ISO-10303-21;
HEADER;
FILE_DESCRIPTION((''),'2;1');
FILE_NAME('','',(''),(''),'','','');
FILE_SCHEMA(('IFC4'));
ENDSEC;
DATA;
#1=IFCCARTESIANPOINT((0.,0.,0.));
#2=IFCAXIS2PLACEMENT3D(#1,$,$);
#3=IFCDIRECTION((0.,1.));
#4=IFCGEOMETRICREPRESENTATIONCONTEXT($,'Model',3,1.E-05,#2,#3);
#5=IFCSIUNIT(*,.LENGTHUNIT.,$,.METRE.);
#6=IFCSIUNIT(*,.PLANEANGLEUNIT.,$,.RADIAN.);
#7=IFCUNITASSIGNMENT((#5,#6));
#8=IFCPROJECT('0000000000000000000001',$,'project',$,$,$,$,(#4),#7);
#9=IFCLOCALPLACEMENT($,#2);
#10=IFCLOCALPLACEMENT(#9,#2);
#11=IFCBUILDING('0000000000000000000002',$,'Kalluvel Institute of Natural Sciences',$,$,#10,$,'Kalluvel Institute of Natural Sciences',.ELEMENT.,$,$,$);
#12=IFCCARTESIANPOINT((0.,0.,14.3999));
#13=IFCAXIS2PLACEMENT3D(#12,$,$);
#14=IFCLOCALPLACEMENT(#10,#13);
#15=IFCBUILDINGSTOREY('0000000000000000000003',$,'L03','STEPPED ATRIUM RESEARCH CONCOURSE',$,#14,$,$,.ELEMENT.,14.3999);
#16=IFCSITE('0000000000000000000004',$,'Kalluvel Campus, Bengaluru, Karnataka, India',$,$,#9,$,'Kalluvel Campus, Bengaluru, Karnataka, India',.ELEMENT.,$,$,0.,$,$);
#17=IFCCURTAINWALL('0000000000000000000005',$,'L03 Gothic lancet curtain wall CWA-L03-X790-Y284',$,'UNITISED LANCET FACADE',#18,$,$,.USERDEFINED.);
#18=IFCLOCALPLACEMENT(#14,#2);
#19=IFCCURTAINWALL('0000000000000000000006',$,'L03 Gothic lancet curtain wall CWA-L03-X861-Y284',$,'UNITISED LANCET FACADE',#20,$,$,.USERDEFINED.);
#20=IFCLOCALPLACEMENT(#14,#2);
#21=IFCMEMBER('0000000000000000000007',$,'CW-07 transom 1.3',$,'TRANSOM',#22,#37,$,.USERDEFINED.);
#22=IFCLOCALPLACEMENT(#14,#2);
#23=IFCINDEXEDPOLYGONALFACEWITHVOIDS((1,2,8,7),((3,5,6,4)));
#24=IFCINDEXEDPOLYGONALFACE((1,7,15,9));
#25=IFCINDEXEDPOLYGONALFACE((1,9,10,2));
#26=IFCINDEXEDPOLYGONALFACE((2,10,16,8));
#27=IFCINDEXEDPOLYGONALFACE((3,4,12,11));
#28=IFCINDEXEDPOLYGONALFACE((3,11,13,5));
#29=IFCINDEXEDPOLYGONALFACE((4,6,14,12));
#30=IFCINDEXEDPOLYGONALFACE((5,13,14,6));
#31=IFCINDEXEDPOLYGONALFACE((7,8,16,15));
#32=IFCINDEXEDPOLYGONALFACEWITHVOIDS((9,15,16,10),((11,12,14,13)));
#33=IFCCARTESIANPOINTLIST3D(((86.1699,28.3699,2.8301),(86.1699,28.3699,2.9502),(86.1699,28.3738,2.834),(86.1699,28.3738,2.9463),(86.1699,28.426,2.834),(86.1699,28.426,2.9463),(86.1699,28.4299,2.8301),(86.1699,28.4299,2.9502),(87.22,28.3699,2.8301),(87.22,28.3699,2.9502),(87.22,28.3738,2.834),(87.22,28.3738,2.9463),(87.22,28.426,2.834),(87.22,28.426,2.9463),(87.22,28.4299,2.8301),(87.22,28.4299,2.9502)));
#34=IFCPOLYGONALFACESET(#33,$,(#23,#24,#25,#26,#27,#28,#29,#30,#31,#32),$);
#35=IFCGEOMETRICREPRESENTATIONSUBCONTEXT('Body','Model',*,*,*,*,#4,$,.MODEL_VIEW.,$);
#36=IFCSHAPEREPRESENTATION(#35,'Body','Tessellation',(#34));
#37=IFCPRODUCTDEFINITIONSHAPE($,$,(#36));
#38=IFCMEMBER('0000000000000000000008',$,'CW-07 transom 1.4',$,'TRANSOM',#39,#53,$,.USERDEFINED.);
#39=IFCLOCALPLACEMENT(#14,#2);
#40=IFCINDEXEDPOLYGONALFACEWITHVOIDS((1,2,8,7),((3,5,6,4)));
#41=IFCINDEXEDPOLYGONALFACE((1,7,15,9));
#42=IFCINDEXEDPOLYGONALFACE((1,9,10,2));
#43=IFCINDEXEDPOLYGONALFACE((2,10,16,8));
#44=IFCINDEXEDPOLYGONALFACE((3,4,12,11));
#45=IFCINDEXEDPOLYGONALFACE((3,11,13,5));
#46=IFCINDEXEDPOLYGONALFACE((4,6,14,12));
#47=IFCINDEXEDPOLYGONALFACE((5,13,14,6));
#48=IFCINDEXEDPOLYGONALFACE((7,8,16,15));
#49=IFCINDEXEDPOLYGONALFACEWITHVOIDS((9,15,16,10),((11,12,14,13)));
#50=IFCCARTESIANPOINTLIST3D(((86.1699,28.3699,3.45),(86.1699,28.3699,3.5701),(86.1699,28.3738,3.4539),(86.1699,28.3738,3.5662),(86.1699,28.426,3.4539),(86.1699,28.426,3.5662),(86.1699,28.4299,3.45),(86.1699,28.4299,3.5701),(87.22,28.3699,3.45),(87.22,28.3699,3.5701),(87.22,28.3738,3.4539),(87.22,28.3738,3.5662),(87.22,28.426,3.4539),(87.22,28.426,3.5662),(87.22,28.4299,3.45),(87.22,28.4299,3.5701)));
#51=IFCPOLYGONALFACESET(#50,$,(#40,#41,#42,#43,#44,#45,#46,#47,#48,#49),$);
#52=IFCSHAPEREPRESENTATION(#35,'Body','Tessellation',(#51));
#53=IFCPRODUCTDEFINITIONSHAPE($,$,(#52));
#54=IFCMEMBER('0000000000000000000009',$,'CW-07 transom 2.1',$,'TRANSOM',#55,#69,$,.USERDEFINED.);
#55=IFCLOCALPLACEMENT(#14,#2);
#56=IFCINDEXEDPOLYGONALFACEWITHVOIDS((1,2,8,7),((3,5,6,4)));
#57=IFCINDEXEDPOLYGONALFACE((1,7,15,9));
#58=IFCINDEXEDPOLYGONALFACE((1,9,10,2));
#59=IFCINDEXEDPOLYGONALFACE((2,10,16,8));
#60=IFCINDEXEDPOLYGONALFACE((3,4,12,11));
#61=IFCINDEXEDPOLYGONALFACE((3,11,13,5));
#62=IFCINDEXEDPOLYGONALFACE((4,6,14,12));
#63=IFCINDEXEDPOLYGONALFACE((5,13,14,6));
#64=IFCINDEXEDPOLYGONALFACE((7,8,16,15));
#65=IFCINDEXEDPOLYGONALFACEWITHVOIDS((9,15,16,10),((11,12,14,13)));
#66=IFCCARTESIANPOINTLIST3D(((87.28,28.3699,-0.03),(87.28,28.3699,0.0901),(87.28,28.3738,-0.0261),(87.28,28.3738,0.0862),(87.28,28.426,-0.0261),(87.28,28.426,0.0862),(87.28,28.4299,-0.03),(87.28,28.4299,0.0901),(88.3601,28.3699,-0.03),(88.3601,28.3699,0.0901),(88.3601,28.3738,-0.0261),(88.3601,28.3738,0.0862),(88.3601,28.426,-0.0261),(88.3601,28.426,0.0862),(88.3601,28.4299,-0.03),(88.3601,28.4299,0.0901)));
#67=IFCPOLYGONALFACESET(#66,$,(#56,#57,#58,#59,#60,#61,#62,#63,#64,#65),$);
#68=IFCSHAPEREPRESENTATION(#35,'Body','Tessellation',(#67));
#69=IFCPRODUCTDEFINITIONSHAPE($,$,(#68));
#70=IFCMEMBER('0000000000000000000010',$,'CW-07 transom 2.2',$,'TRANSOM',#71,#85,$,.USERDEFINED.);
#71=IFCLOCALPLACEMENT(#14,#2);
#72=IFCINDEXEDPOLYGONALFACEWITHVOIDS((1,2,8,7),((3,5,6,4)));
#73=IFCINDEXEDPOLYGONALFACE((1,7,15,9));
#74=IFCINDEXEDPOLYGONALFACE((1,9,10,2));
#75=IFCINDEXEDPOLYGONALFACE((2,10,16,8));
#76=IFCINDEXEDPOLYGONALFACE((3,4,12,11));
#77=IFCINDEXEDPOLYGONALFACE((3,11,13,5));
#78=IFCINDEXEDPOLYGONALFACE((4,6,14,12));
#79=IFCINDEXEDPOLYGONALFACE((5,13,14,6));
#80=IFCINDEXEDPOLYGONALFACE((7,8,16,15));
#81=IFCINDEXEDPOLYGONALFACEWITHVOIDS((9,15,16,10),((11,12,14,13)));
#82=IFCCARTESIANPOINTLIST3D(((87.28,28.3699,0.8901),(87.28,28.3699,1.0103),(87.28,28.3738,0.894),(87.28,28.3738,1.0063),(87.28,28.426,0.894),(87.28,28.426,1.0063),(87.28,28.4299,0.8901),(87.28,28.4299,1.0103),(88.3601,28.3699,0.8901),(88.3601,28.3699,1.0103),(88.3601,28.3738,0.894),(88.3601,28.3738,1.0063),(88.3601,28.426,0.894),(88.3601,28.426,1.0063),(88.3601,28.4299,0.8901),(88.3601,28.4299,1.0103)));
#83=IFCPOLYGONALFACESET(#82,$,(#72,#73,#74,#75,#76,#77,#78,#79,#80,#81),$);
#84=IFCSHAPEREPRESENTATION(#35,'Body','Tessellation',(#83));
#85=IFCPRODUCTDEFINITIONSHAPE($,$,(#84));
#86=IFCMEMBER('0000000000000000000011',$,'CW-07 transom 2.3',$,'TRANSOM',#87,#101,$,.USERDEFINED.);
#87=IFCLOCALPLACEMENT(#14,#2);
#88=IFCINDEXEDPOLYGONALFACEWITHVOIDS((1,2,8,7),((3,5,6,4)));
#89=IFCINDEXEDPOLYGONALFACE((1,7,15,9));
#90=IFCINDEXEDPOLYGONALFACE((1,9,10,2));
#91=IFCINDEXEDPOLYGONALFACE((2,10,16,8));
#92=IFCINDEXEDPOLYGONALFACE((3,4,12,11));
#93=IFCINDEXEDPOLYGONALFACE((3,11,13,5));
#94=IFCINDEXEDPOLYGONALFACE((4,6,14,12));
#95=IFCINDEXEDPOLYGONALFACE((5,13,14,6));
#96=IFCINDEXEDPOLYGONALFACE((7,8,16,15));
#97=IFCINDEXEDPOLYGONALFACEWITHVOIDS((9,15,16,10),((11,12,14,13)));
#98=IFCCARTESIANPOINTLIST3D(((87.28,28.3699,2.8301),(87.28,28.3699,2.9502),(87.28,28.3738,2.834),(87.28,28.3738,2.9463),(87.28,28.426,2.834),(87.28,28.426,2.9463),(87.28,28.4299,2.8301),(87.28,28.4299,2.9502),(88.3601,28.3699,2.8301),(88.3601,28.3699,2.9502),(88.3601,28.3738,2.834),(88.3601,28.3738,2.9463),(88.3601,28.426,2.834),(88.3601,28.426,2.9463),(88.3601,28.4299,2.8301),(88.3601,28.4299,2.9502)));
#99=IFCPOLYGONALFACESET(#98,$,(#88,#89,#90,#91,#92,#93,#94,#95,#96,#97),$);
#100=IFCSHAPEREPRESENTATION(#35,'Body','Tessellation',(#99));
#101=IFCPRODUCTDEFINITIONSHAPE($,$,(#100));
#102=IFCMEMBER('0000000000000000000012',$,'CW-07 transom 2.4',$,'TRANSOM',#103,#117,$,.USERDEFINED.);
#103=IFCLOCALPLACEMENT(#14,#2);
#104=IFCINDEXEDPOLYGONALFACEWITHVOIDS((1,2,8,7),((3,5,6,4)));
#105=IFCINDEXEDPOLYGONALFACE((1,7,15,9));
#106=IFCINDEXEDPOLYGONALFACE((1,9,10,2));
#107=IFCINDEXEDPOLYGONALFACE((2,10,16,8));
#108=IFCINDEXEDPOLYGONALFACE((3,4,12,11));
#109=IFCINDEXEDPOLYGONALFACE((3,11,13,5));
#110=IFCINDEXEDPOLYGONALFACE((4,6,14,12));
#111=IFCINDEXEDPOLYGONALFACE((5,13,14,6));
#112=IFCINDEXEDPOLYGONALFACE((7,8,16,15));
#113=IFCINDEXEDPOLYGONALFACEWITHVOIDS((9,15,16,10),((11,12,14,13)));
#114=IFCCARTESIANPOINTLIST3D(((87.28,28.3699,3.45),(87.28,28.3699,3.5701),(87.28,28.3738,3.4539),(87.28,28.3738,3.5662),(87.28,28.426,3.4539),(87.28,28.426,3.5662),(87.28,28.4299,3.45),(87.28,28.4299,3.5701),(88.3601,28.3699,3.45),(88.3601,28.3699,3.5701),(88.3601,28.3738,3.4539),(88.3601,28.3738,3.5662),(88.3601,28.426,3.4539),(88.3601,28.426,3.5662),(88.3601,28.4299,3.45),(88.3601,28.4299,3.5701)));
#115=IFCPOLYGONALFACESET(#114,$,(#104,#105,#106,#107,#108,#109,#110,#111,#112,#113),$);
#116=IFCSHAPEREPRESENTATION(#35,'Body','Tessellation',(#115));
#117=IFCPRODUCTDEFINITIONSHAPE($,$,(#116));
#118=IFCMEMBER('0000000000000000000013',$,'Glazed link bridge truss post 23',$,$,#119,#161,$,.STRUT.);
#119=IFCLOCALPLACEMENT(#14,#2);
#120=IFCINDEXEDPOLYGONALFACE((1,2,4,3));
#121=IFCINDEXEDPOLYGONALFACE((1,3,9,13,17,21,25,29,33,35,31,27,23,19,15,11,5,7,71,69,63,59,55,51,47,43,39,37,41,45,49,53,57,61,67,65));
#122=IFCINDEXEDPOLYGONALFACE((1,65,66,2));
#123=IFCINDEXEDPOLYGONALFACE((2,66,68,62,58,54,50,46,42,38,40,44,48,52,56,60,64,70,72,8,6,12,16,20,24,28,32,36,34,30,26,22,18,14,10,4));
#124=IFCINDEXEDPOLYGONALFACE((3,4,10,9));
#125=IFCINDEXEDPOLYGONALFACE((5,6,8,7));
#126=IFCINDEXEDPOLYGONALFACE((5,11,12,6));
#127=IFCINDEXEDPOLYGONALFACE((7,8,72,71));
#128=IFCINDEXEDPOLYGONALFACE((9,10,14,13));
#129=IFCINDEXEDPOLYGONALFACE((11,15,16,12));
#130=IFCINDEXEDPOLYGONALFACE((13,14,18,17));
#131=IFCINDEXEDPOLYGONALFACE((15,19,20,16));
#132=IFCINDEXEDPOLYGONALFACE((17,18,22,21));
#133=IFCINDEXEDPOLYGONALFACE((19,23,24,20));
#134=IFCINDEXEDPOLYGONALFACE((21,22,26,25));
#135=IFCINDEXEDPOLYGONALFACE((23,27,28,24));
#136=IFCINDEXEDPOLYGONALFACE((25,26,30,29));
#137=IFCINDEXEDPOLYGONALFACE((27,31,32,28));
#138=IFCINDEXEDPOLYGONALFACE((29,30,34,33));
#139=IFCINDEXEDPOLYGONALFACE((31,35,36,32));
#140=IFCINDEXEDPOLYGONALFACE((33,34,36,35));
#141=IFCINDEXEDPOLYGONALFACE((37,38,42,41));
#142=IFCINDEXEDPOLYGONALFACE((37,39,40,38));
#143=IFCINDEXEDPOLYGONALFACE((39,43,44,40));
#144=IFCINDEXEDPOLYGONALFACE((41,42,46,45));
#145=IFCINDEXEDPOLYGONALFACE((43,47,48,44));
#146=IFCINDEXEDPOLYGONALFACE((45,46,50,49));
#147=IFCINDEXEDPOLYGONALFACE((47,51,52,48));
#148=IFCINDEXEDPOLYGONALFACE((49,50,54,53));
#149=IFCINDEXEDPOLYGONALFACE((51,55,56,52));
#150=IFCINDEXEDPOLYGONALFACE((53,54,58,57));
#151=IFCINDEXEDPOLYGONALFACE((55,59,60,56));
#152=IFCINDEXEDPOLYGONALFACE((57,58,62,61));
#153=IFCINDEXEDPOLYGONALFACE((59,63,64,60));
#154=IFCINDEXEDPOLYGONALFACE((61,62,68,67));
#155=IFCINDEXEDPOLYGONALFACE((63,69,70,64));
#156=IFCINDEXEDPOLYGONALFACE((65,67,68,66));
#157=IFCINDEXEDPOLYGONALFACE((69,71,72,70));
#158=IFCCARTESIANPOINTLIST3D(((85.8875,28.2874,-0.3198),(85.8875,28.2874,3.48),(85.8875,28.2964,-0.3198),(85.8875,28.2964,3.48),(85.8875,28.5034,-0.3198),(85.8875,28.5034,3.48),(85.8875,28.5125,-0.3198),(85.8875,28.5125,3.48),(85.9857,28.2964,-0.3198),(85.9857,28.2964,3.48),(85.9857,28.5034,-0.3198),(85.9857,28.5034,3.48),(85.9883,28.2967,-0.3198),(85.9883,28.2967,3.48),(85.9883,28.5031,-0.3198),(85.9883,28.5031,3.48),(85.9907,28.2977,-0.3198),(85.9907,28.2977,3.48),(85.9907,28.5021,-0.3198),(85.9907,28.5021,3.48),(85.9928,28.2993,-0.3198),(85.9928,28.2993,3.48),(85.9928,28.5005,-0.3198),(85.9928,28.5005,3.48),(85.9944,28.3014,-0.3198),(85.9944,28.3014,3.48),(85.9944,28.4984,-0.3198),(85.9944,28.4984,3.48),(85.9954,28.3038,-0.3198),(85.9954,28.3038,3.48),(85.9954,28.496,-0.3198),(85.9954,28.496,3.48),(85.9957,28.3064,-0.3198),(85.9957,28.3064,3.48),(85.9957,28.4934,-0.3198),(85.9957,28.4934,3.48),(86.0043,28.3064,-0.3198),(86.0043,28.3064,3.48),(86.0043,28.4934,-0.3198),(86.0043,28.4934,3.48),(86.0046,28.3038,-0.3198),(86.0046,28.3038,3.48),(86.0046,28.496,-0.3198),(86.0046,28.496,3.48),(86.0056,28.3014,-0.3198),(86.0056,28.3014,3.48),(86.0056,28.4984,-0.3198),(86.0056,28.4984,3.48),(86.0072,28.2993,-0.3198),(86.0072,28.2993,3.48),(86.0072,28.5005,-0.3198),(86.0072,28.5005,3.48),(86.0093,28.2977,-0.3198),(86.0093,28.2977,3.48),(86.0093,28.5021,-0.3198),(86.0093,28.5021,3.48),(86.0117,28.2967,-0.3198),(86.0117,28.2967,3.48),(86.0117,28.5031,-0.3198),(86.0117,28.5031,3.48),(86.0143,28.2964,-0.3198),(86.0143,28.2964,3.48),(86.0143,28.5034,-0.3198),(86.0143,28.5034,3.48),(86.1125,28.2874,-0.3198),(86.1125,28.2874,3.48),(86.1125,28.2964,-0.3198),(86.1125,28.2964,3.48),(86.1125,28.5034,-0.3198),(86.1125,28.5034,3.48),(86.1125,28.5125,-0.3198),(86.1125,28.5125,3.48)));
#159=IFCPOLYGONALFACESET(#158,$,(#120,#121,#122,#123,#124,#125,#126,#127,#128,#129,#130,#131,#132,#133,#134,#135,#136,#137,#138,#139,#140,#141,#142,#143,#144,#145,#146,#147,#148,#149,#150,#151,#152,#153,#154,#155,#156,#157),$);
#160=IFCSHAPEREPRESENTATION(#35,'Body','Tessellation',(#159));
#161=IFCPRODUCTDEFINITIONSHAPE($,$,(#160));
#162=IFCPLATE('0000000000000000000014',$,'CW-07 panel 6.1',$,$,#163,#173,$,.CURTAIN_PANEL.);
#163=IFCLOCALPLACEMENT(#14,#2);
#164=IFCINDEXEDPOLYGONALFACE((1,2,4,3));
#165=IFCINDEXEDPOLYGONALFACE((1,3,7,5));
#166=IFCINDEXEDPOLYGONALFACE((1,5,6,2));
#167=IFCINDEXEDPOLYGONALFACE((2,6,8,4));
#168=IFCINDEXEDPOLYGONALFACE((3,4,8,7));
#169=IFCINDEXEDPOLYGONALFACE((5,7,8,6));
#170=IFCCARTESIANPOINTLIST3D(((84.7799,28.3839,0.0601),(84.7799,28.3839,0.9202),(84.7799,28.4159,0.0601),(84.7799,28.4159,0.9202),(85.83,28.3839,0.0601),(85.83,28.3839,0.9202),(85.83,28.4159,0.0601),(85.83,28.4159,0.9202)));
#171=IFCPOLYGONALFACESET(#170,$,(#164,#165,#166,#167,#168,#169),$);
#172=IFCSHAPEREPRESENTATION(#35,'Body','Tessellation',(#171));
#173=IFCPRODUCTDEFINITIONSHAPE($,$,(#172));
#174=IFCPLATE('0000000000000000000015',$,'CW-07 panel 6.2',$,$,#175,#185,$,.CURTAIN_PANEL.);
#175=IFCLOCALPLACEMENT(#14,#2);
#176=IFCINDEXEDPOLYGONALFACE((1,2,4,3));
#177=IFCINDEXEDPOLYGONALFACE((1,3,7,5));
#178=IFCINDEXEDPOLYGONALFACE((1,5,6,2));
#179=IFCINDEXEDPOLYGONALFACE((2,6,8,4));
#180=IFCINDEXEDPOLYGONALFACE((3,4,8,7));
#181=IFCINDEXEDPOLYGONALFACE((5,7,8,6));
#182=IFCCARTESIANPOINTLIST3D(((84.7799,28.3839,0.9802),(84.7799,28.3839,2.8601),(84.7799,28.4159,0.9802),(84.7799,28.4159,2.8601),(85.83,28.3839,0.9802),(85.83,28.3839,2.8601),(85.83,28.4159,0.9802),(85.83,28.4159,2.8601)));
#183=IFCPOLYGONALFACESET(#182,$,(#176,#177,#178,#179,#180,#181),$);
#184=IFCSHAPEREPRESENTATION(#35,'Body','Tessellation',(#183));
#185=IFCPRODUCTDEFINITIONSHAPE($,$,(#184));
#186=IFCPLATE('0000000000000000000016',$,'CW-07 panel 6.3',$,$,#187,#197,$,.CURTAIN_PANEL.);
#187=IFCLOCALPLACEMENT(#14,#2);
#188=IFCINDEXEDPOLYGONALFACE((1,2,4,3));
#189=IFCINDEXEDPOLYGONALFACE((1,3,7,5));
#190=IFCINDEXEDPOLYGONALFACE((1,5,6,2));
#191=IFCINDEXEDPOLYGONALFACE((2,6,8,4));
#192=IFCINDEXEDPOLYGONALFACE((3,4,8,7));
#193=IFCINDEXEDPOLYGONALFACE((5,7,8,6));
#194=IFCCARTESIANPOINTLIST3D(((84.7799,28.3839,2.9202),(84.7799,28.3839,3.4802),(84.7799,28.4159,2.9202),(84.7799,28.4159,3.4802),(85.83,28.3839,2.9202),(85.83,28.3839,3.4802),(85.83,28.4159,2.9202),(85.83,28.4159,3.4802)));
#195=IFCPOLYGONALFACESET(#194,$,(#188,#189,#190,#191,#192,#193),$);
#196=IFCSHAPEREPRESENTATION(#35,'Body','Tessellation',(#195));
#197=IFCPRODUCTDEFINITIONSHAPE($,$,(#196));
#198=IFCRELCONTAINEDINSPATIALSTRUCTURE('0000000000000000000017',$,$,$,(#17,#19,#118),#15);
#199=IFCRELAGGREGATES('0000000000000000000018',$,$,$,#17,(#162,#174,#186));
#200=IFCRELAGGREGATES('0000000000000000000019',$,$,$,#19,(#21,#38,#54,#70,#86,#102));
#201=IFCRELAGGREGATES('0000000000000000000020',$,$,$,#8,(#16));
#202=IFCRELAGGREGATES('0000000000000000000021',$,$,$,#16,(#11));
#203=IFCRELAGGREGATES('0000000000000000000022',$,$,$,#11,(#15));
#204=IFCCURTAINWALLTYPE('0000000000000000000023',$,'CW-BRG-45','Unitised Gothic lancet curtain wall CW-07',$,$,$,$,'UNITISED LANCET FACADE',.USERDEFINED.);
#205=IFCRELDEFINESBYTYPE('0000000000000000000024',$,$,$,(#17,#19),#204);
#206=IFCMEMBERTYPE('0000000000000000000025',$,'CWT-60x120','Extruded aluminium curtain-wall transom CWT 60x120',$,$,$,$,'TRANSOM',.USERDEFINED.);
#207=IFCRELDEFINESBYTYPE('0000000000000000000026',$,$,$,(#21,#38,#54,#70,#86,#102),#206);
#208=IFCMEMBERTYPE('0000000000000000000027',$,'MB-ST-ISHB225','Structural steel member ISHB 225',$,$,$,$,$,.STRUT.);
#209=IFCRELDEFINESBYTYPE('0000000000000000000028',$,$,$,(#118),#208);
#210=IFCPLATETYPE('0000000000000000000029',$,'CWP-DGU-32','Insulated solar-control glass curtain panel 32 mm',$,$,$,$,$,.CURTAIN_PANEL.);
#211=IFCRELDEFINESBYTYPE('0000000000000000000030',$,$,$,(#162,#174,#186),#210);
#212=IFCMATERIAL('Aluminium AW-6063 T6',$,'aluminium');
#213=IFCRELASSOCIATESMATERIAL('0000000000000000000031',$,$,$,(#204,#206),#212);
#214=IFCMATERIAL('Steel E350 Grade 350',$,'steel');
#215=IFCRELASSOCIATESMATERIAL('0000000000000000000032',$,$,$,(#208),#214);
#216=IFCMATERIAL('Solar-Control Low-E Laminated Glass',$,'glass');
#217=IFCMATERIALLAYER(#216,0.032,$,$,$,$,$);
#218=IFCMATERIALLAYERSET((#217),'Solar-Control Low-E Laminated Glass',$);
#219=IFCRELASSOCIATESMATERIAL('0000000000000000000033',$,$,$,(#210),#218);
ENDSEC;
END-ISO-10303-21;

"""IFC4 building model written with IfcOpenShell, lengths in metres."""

from ifc_helpers import new_model, si_unit, direction, frame, origin, origin_2d, place, context, subcontext, project, spatial, rectangle, hollow_rectangle, i_section, extrude, material, layer, layer_set, material_profile, profile_set, type_object, element, aggregate, save


model = new_model("IFC4")

# Units and contexts
model_context = context("Model", 3, precision=1e-05, world=origin(), true_north=direction((0.0, 1.0)))
body_context = subcontext(model_context, "Body", "Model", "MODEL_VIEW")
ifc_project = project(units=[si_unit("LENGTHUNIT", "METRE"), si_unit("PLANEANGLEUNIT", "RADIAN")], contexts=[model_context])

# Site, building, storey
site_placement = place(None, origin())
site = spatial("IfcSite", under=ifc_project, at=site_placement, Name="Kalluvel Campus, Bengaluru, Karnataka, India", LongName="Kalluvel Campus, Bengaluru, Karnataka, India", CompositionType="ELEMENT", RefElevation=0.0)
building_placement = place(site_placement, origin())
building = spatial("IfcBuilding", under=site, at=building_placement, Name="Kalluvel Institute of Natural Sciences", LongName="Kalluvel Institute of Natural Sciences", CompositionType="ELEMENT")
storey_placement = place(building_placement, frame((0.0, 0.0, 14.3999)))
storey = spatial("IfcBuildingStorey", under=building, at=storey_placement, Name="L03", Description="STEPPED ATRIUM RESEARCH CONCOURSE", CompositionType="ELEMENT", Elevation=14.3999)

# Shared definitions
ifc_material_1 = material(Name="Steel E350 Grade 350", Category="steel")

# Curtain wall
ifc_material_2 = material(Name="Aluminium AW-6063 T6", Category="aluminium")
curtain_wall_type = type_object("IfcCurtainWallType", Name="CW-BRG-45", Description="Unitised Gothic lancet curtain wall CW-07", ElementType="UNITISED LANCET FACADE", PredefinedType="USERDEFINED", material=ifc_material_2)
curtain_wall_1_placement = place(storey_placement, origin())
curtain_wall_1 = element("IfcCurtainWall", 1, at=curtain_wall_1_placement, inside=storey, type_object=curtain_wall_type, Name="L03 Gothic lancet curtain wall CWA-L03-X790-Y284", ObjectType="UNITISED LANCET FACADE", PredefinedType="USERDEFINED")

# Curtain wall
curtain_wall_2_placement = place(storey_placement, origin())
curtain_wall_2 = element("IfcCurtainWall", 2, at=curtain_wall_2_placement, inside=storey, type_object=curtain_wall_type, Name="L03 Gothic lancet curtain wall CWA-L03-X861-Y284", ObjectType="UNITISED LANCET FACADE", PredefinedType="USERDEFINED")

# Members
ifc_material_profile_1 = material_profile(ifc_material_2, hollow_rectangle(XDim=0.0601, YDim=0.1201, WallThickness=0.0039, at=origin_2d()), Name="CWT 60x120")
ifc_profile_set_1 = profile_set([ifc_material_profile_1], Name="Aluminium AW-6063 T6")
member_type_1 = type_object("IfcMemberType", Name="CWT-60x120", Description="Extruded aluminium curtain-wall transom CWT 60x120", ElementType="TRANSOM", PredefinedType="USERDEFINED", material=ifc_profile_set_1)
member_1_placement = place(storey_placement, frame((86.1699, 28.3999, 2.8901), z_axis=(1.0, 0.0, 0.0), x_axis=(0.0, 1.0, 0.0)))
member_1 = element("IfcMember", 3, at=member_1_placement, type_object=member_type_1, Name="CW-07 transom 1.3", ObjectType="TRANSOM", PredefinedType="USERDEFINED", context=body_context, shape_type="SweptSolid", body=[
    extrude(hollow_rectangle(XDim=0.0601, YDim=0.1201, WallThickness=0.0039, at=origin_2d()), origin(), (0.0, 0.0, 1.0), 1.05),
])
member_2_placement = place(storey_placement, frame((86.1699, 28.3999, 3.51), z_axis=(1.0, 0.0, 0.0), x_axis=(0.0, 1.0, 0.0)))
member_2 = element("IfcMember", 4, at=member_2_placement, type_object=member_type_1, Name="CW-07 transom 1.4", ObjectType="TRANSOM", PredefinedType="USERDEFINED", context=body_context, shape_type="SweptSolid", body=[
    extrude(hollow_rectangle(XDim=0.0601, YDim=0.1201, WallThickness=0.0039, at=origin_2d()), origin(), (0.0, 0.0, 1.0), 1.05),
])
member_3_placement = place(storey_placement, frame((87.28, 28.3999, 0.03), z_axis=(1.0, 0.0, 0.0), x_axis=(0.0, 1.0, 0.0)))
member_3 = element("IfcMember", 5, at=member_3_placement, type_object=member_type_1, Name="CW-07 transom 2.1", ObjectType="TRANSOM", PredefinedType="USERDEFINED", context=body_context, shape_type="SweptSolid", body=[
    extrude(hollow_rectangle(XDim=0.0601, YDim=0.1201, WallThickness=0.0039, at=origin_2d()), origin(), (0.0, 0.0, 1.0), 1.0801),
])
member_4_placement = place(storey_placement, frame((87.28, 28.3999, 0.9502), z_axis=(1.0, 0.0, 0.0), x_axis=(0.0, 1.0, 0.0)))
member_4 = element("IfcMember", 6, at=member_4_placement, type_object=member_type_1, Name="CW-07 transom 2.2", ObjectType="TRANSOM", PredefinedType="USERDEFINED", context=body_context, shape_type="SweptSolid", body=[
    extrude(hollow_rectangle(XDim=0.0601, YDim=0.1201, WallThickness=0.0039, at=origin_2d()), origin(), (0.0, 0.0, 1.0), 1.0801),
])
member_5_placement = place(storey_placement, frame((87.28, 28.3999, 2.8901), z_axis=(1.0, 0.0, 0.0), x_axis=(0.0, 1.0, 0.0)))
member_5 = element("IfcMember", 7, at=member_5_placement, type_object=member_type_1, Name="CW-07 transom 2.3", ObjectType="TRANSOM", PredefinedType="USERDEFINED", context=body_context, shape_type="SweptSolid", body=[
    extrude(hollow_rectangle(XDim=0.0601, YDim=0.1201, WallThickness=0.0039, at=origin_2d()), origin(), (0.0, 0.0, 1.0), 1.0801),
])
member_6_placement = place(storey_placement, frame((87.28, 28.3999, 3.51), z_axis=(1.0, 0.0, 0.0), x_axis=(0.0, 1.0, 0.0)))
member_6 = element("IfcMember", 8, at=member_6_placement, type_object=member_type_1, Name="CW-07 transom 2.4", ObjectType="TRANSOM", PredefinedType="USERDEFINED", context=body_context, shape_type="SweptSolid", body=[
    extrude(hollow_rectangle(XDim=0.0601, YDim=0.1201, WallThickness=0.0039, at=origin_2d()), origin(), (0.0, 0.0, 1.0), 1.0801),
])
ifc_material_profile_2 = material_profile(ifc_material_1, i_section(OverallWidth=0.2251, OverallDepth=0.2251, WebThickness=0.0085, FlangeThickness=0.009, FilletRadius=0.01, at=origin_2d()), Name="ISHB 225")
ifc_profile_set_2 = profile_set([ifc_material_profile_2], Name="Steel E350 Grade 350")
member_type_2 = type_object("IfcMemberType", Name="MB-ST-ISHB225", Description="Structural steel member ISHB 225", PredefinedType="STRUT", material=ifc_profile_set_2)
member_7_placement = place(storey_placement, frame((86.0, 28.3999, -0.3198), z_axis=(0.0, 0.0, 1.0), x_axis=(1.0, 0.0, 0.0)))
element("IfcMember", 9, at=member_7_placement, inside=storey, type_object=member_type_2, Name="Glazed link bridge truss post 23", PredefinedType="STRUT", context=body_context, shape_type="SweptSolid", body=[
    extrude(i_section(OverallWidth=0.2251, OverallDepth=0.2251, WebThickness=0.0085, FlangeThickness=0.009, FilletRadius=0.01, at=origin_2d()), origin(), (0.0, 0.0, 1.0), 3.7998),
])

# Plates
ifc_material_3 = material(Name="Solar-Control Low-E Laminated Glass", Category="glass")
ifc_layer_1 = layer(ifc_material_3, 0.032)
ifc_layer_set_1 = layer_set([ifc_layer_1], Name="Solar-Control Low-E Laminated Glass")
plate_type_1 = type_object("IfcPlateType", Name="CWP-DGU-32", Description="Insulated solar-control glass curtain panel 32 mm", PredefinedType="CURTAIN_PANEL", material=ifc_layer_set_1)
plate_1_placement = place(storey_placement, frame((85.3049, 28.3999, 0.0601), z_axis=(0.0, 0.0, 1.0), x_axis=(1.0, 0.0, 0.0)))
plate_1 = element("IfcPlate", 10, at=plate_1_placement, type_object=plate_type_1, Name="CW-07 panel 6.1", PredefinedType="CURTAIN_PANEL", context=body_context, shape_type="SweptSolid", body=[
    extrude(rectangle(XDim=1.05, YDim=0.032, at=origin_2d()), origin(), (0.0, 0.0, 1.0), 0.8601),
])
plate_2_placement = place(storey_placement, frame((85.3049, 28.3999, 0.9802), z_axis=(0.0, 0.0, 1.0), x_axis=(1.0, 0.0, 0.0)))
plate_2 = element("IfcPlate", 11, at=plate_2_placement, type_object=plate_type_1, Name="CW-07 panel 6.2", PredefinedType="CURTAIN_PANEL", context=body_context, shape_type="SweptSolid", body=[
    extrude(rectangle(XDim=1.05, YDim=0.032, at=origin_2d()), origin(), (0.0, 0.0, 1.0), 1.8799),
])
plate_3_placement = place(storey_placement, frame((85.3049, 28.3999, 2.9202), z_axis=(0.0, 0.0, 1.0), x_axis=(1.0, 0.0, 0.0)))
plate_3 = element("IfcPlate", 12, at=plate_3_placement, type_object=plate_type_1, Name="CW-07 panel 6.3", PredefinedType="CURTAIN_PANEL", context=body_context, shape_type="SweptSolid", body=[
    extrude(rectangle(XDim=1.05, YDim=0.032, at=origin_2d()), origin(), (0.0, 0.0, 1.0), 0.5601),
])
aggregate(curtain_wall_1, [plate_1, plate_2, plate_3])
aggregate(curtain_wall_2, [member_1, member_2, member_3, member_4, member_5, member_6])

save(model, "model.ifc")
